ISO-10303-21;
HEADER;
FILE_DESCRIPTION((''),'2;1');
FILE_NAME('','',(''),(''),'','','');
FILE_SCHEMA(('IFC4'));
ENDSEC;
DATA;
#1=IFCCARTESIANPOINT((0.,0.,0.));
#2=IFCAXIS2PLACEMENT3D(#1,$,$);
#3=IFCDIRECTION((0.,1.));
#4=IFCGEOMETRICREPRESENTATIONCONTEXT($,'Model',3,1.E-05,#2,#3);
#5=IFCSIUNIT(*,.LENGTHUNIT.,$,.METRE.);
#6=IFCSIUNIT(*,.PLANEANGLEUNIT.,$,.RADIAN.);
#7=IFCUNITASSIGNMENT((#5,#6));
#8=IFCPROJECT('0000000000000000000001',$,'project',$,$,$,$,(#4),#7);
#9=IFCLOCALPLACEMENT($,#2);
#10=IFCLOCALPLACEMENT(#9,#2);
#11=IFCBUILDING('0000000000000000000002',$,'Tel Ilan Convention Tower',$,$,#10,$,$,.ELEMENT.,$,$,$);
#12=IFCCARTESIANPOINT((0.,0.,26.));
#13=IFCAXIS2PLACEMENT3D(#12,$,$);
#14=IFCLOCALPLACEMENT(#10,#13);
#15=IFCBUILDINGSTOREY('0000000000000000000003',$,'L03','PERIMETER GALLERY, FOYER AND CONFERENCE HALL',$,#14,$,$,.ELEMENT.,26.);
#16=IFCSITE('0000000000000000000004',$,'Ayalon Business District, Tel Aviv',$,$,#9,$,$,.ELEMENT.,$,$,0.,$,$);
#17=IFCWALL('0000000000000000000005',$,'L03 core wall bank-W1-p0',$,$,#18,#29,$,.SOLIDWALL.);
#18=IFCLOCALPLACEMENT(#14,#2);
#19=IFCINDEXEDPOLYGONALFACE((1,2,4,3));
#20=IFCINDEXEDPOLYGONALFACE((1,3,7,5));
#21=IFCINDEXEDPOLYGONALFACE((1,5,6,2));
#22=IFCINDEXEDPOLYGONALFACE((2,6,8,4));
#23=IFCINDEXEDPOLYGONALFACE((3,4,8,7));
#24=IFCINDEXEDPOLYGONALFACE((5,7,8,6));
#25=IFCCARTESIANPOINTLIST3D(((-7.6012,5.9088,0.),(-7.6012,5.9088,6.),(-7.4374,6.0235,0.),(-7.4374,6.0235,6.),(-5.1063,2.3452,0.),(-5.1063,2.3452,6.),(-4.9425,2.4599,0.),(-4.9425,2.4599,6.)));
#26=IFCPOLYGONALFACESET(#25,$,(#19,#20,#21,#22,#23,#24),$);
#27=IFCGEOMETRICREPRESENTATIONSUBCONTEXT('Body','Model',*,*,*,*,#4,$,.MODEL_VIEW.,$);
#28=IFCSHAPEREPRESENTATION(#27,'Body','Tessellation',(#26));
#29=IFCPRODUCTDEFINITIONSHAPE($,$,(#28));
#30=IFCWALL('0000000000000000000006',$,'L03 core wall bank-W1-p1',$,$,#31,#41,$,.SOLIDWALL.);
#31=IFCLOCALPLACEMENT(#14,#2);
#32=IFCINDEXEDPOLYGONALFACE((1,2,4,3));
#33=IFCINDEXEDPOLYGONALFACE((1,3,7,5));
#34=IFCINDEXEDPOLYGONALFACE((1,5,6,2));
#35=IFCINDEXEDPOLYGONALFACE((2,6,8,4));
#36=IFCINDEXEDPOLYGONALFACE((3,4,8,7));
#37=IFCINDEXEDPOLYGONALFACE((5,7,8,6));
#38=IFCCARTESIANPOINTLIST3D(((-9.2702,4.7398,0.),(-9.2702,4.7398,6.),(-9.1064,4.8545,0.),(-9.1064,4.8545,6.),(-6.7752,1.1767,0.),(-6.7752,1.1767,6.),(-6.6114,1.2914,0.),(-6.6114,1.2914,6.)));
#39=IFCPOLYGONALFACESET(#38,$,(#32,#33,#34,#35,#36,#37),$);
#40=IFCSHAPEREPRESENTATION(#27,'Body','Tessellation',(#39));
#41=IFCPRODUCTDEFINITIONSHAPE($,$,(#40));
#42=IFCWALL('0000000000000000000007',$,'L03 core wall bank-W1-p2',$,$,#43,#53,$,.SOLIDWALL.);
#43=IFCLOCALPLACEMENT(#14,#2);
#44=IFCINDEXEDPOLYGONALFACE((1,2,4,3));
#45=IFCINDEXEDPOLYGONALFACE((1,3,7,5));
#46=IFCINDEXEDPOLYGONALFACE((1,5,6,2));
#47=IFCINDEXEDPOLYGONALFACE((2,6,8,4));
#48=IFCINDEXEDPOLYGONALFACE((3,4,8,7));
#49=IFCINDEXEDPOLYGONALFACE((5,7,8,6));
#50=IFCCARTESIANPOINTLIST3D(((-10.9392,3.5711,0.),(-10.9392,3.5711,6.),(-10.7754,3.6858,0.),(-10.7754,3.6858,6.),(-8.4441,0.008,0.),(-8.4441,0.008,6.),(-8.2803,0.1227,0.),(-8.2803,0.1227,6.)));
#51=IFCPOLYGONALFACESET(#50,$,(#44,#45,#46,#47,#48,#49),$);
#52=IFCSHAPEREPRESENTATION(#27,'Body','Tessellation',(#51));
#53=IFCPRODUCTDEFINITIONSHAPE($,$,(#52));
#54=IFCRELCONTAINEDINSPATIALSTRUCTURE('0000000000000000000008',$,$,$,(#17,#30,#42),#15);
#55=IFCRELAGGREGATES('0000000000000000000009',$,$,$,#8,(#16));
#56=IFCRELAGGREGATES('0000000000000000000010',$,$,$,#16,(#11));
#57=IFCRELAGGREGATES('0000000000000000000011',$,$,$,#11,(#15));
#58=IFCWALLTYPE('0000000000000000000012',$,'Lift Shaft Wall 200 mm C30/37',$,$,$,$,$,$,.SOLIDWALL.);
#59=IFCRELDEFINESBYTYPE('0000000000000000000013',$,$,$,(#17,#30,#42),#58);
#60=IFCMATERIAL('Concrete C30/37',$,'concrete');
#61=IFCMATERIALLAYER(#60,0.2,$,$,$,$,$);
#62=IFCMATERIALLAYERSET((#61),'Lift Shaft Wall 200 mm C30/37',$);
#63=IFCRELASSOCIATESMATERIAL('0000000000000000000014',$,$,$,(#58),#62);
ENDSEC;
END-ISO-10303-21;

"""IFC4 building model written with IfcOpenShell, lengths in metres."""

from ifc_helpers import new_model, si_unit, direction, frame, frame_2d, origin, place, context, subcontext, project, spatial, rectangle, extrude, material, layer, layer_set, type_object, element, save


model = new_model("IFC4")

# Units and contexts
model_context = context("Model", 3, precision=1e-05, world=origin(), true_north=direction((0.0, 1.0)))
body_context = subcontext(model_context, "Body", "Model", "MODEL_VIEW")
ifc_project = project(units=[si_unit("LENGTHUNIT", "METRE"), si_unit("PLANEANGLEUNIT", "RADIAN")], contexts=[model_context])

# Site, building, storey
site_placement = place(None, origin())
site = spatial("IfcSite", under=ifc_project, at=site_placement, Name="Ayalon Business District, Tel Aviv", CompositionType="ELEMENT", RefElevation=0.0)
building_placement = place(site_placement, origin())
building = spatial("IfcBuilding", under=site, at=building_placement, Name="Tel Ilan Convention Tower", CompositionType="ELEMENT")
storey_placement = place(building_placement, frame((0.0, 0.0, 26.0)))
storey = spatial("IfcBuildingStorey", under=building, at=storey_placement, Name="L03", Description="PERIMETER GALLERY, FOYER AND CONFERENCE HALL", CompositionType="ELEMENT", Elevation=26.0)

# Walls
ifc_material_1 = material(Name="Concrete C30/37", Category="concrete")
ifc_layer_1 = layer(ifc_material_1, 0.2)
ifc_layer_set_1 = layer_set([ifc_layer_1], Name="Lift Shaft Wall 200 mm C30/37")
wall_type_1 = type_object("IfcWallType", Name="Lift Shaft Wall 200 mm C30/37", PredefinedType="SOLIDWALL", material=ifc_layer_set_1)
wall_1_placement = place(storey_placement, frame((-5.0244, 2.4026, 0.0), z_axis=(0.0, 0.0, 1.0), x_axis=(-0.57353, 0.819184, 0.0)))
element("IfcWall", 1, at=wall_1_placement, inside=storey, type_object=wall_type_1, Name="L03 core wall bank-W1-p0", PredefinedType="SOLIDWALL", context=body_context, shape_type="SweptSolid", body=[
    extrude(rectangle(XDim=4.3501, YDim=0.2, at=frame_2d((2.175, 0.0))), origin(), (0.0, 0.0, 1.0), 6.0),
])
for number, where, z_axis, x_axis, name in (
    (2, (-6.6934, 1.2341, 0.0), (0.0, 0.0, 1.0), (-0.573594, 0.81914, 0.0), "L03 core wall bank-W1-p1"),
    (3, (-8.3623, 0.0654, 0.0), (0.0, 0.0, 1.0), (-0.573594, 0.81914, 0.0), "L03 core wall bank-W1-p2"),
):
    element("IfcWall", number, at=place(storey_placement, frame(where, z_axis=z_axis, x_axis=x_axis)), inside=storey, type_object=wall_type_1, Name=name, PredefinedType="SOLIDWALL", context=body_context, shape_type="SweptSolid", body=[
        extrude(rectangle(XDim=4.3499, YDim=0.2, at=frame_2d((2.1748, 0.0))), origin(), (0.0, 0.0, 1.0), 6.0),
    ])

save(model, "model.ifc")
